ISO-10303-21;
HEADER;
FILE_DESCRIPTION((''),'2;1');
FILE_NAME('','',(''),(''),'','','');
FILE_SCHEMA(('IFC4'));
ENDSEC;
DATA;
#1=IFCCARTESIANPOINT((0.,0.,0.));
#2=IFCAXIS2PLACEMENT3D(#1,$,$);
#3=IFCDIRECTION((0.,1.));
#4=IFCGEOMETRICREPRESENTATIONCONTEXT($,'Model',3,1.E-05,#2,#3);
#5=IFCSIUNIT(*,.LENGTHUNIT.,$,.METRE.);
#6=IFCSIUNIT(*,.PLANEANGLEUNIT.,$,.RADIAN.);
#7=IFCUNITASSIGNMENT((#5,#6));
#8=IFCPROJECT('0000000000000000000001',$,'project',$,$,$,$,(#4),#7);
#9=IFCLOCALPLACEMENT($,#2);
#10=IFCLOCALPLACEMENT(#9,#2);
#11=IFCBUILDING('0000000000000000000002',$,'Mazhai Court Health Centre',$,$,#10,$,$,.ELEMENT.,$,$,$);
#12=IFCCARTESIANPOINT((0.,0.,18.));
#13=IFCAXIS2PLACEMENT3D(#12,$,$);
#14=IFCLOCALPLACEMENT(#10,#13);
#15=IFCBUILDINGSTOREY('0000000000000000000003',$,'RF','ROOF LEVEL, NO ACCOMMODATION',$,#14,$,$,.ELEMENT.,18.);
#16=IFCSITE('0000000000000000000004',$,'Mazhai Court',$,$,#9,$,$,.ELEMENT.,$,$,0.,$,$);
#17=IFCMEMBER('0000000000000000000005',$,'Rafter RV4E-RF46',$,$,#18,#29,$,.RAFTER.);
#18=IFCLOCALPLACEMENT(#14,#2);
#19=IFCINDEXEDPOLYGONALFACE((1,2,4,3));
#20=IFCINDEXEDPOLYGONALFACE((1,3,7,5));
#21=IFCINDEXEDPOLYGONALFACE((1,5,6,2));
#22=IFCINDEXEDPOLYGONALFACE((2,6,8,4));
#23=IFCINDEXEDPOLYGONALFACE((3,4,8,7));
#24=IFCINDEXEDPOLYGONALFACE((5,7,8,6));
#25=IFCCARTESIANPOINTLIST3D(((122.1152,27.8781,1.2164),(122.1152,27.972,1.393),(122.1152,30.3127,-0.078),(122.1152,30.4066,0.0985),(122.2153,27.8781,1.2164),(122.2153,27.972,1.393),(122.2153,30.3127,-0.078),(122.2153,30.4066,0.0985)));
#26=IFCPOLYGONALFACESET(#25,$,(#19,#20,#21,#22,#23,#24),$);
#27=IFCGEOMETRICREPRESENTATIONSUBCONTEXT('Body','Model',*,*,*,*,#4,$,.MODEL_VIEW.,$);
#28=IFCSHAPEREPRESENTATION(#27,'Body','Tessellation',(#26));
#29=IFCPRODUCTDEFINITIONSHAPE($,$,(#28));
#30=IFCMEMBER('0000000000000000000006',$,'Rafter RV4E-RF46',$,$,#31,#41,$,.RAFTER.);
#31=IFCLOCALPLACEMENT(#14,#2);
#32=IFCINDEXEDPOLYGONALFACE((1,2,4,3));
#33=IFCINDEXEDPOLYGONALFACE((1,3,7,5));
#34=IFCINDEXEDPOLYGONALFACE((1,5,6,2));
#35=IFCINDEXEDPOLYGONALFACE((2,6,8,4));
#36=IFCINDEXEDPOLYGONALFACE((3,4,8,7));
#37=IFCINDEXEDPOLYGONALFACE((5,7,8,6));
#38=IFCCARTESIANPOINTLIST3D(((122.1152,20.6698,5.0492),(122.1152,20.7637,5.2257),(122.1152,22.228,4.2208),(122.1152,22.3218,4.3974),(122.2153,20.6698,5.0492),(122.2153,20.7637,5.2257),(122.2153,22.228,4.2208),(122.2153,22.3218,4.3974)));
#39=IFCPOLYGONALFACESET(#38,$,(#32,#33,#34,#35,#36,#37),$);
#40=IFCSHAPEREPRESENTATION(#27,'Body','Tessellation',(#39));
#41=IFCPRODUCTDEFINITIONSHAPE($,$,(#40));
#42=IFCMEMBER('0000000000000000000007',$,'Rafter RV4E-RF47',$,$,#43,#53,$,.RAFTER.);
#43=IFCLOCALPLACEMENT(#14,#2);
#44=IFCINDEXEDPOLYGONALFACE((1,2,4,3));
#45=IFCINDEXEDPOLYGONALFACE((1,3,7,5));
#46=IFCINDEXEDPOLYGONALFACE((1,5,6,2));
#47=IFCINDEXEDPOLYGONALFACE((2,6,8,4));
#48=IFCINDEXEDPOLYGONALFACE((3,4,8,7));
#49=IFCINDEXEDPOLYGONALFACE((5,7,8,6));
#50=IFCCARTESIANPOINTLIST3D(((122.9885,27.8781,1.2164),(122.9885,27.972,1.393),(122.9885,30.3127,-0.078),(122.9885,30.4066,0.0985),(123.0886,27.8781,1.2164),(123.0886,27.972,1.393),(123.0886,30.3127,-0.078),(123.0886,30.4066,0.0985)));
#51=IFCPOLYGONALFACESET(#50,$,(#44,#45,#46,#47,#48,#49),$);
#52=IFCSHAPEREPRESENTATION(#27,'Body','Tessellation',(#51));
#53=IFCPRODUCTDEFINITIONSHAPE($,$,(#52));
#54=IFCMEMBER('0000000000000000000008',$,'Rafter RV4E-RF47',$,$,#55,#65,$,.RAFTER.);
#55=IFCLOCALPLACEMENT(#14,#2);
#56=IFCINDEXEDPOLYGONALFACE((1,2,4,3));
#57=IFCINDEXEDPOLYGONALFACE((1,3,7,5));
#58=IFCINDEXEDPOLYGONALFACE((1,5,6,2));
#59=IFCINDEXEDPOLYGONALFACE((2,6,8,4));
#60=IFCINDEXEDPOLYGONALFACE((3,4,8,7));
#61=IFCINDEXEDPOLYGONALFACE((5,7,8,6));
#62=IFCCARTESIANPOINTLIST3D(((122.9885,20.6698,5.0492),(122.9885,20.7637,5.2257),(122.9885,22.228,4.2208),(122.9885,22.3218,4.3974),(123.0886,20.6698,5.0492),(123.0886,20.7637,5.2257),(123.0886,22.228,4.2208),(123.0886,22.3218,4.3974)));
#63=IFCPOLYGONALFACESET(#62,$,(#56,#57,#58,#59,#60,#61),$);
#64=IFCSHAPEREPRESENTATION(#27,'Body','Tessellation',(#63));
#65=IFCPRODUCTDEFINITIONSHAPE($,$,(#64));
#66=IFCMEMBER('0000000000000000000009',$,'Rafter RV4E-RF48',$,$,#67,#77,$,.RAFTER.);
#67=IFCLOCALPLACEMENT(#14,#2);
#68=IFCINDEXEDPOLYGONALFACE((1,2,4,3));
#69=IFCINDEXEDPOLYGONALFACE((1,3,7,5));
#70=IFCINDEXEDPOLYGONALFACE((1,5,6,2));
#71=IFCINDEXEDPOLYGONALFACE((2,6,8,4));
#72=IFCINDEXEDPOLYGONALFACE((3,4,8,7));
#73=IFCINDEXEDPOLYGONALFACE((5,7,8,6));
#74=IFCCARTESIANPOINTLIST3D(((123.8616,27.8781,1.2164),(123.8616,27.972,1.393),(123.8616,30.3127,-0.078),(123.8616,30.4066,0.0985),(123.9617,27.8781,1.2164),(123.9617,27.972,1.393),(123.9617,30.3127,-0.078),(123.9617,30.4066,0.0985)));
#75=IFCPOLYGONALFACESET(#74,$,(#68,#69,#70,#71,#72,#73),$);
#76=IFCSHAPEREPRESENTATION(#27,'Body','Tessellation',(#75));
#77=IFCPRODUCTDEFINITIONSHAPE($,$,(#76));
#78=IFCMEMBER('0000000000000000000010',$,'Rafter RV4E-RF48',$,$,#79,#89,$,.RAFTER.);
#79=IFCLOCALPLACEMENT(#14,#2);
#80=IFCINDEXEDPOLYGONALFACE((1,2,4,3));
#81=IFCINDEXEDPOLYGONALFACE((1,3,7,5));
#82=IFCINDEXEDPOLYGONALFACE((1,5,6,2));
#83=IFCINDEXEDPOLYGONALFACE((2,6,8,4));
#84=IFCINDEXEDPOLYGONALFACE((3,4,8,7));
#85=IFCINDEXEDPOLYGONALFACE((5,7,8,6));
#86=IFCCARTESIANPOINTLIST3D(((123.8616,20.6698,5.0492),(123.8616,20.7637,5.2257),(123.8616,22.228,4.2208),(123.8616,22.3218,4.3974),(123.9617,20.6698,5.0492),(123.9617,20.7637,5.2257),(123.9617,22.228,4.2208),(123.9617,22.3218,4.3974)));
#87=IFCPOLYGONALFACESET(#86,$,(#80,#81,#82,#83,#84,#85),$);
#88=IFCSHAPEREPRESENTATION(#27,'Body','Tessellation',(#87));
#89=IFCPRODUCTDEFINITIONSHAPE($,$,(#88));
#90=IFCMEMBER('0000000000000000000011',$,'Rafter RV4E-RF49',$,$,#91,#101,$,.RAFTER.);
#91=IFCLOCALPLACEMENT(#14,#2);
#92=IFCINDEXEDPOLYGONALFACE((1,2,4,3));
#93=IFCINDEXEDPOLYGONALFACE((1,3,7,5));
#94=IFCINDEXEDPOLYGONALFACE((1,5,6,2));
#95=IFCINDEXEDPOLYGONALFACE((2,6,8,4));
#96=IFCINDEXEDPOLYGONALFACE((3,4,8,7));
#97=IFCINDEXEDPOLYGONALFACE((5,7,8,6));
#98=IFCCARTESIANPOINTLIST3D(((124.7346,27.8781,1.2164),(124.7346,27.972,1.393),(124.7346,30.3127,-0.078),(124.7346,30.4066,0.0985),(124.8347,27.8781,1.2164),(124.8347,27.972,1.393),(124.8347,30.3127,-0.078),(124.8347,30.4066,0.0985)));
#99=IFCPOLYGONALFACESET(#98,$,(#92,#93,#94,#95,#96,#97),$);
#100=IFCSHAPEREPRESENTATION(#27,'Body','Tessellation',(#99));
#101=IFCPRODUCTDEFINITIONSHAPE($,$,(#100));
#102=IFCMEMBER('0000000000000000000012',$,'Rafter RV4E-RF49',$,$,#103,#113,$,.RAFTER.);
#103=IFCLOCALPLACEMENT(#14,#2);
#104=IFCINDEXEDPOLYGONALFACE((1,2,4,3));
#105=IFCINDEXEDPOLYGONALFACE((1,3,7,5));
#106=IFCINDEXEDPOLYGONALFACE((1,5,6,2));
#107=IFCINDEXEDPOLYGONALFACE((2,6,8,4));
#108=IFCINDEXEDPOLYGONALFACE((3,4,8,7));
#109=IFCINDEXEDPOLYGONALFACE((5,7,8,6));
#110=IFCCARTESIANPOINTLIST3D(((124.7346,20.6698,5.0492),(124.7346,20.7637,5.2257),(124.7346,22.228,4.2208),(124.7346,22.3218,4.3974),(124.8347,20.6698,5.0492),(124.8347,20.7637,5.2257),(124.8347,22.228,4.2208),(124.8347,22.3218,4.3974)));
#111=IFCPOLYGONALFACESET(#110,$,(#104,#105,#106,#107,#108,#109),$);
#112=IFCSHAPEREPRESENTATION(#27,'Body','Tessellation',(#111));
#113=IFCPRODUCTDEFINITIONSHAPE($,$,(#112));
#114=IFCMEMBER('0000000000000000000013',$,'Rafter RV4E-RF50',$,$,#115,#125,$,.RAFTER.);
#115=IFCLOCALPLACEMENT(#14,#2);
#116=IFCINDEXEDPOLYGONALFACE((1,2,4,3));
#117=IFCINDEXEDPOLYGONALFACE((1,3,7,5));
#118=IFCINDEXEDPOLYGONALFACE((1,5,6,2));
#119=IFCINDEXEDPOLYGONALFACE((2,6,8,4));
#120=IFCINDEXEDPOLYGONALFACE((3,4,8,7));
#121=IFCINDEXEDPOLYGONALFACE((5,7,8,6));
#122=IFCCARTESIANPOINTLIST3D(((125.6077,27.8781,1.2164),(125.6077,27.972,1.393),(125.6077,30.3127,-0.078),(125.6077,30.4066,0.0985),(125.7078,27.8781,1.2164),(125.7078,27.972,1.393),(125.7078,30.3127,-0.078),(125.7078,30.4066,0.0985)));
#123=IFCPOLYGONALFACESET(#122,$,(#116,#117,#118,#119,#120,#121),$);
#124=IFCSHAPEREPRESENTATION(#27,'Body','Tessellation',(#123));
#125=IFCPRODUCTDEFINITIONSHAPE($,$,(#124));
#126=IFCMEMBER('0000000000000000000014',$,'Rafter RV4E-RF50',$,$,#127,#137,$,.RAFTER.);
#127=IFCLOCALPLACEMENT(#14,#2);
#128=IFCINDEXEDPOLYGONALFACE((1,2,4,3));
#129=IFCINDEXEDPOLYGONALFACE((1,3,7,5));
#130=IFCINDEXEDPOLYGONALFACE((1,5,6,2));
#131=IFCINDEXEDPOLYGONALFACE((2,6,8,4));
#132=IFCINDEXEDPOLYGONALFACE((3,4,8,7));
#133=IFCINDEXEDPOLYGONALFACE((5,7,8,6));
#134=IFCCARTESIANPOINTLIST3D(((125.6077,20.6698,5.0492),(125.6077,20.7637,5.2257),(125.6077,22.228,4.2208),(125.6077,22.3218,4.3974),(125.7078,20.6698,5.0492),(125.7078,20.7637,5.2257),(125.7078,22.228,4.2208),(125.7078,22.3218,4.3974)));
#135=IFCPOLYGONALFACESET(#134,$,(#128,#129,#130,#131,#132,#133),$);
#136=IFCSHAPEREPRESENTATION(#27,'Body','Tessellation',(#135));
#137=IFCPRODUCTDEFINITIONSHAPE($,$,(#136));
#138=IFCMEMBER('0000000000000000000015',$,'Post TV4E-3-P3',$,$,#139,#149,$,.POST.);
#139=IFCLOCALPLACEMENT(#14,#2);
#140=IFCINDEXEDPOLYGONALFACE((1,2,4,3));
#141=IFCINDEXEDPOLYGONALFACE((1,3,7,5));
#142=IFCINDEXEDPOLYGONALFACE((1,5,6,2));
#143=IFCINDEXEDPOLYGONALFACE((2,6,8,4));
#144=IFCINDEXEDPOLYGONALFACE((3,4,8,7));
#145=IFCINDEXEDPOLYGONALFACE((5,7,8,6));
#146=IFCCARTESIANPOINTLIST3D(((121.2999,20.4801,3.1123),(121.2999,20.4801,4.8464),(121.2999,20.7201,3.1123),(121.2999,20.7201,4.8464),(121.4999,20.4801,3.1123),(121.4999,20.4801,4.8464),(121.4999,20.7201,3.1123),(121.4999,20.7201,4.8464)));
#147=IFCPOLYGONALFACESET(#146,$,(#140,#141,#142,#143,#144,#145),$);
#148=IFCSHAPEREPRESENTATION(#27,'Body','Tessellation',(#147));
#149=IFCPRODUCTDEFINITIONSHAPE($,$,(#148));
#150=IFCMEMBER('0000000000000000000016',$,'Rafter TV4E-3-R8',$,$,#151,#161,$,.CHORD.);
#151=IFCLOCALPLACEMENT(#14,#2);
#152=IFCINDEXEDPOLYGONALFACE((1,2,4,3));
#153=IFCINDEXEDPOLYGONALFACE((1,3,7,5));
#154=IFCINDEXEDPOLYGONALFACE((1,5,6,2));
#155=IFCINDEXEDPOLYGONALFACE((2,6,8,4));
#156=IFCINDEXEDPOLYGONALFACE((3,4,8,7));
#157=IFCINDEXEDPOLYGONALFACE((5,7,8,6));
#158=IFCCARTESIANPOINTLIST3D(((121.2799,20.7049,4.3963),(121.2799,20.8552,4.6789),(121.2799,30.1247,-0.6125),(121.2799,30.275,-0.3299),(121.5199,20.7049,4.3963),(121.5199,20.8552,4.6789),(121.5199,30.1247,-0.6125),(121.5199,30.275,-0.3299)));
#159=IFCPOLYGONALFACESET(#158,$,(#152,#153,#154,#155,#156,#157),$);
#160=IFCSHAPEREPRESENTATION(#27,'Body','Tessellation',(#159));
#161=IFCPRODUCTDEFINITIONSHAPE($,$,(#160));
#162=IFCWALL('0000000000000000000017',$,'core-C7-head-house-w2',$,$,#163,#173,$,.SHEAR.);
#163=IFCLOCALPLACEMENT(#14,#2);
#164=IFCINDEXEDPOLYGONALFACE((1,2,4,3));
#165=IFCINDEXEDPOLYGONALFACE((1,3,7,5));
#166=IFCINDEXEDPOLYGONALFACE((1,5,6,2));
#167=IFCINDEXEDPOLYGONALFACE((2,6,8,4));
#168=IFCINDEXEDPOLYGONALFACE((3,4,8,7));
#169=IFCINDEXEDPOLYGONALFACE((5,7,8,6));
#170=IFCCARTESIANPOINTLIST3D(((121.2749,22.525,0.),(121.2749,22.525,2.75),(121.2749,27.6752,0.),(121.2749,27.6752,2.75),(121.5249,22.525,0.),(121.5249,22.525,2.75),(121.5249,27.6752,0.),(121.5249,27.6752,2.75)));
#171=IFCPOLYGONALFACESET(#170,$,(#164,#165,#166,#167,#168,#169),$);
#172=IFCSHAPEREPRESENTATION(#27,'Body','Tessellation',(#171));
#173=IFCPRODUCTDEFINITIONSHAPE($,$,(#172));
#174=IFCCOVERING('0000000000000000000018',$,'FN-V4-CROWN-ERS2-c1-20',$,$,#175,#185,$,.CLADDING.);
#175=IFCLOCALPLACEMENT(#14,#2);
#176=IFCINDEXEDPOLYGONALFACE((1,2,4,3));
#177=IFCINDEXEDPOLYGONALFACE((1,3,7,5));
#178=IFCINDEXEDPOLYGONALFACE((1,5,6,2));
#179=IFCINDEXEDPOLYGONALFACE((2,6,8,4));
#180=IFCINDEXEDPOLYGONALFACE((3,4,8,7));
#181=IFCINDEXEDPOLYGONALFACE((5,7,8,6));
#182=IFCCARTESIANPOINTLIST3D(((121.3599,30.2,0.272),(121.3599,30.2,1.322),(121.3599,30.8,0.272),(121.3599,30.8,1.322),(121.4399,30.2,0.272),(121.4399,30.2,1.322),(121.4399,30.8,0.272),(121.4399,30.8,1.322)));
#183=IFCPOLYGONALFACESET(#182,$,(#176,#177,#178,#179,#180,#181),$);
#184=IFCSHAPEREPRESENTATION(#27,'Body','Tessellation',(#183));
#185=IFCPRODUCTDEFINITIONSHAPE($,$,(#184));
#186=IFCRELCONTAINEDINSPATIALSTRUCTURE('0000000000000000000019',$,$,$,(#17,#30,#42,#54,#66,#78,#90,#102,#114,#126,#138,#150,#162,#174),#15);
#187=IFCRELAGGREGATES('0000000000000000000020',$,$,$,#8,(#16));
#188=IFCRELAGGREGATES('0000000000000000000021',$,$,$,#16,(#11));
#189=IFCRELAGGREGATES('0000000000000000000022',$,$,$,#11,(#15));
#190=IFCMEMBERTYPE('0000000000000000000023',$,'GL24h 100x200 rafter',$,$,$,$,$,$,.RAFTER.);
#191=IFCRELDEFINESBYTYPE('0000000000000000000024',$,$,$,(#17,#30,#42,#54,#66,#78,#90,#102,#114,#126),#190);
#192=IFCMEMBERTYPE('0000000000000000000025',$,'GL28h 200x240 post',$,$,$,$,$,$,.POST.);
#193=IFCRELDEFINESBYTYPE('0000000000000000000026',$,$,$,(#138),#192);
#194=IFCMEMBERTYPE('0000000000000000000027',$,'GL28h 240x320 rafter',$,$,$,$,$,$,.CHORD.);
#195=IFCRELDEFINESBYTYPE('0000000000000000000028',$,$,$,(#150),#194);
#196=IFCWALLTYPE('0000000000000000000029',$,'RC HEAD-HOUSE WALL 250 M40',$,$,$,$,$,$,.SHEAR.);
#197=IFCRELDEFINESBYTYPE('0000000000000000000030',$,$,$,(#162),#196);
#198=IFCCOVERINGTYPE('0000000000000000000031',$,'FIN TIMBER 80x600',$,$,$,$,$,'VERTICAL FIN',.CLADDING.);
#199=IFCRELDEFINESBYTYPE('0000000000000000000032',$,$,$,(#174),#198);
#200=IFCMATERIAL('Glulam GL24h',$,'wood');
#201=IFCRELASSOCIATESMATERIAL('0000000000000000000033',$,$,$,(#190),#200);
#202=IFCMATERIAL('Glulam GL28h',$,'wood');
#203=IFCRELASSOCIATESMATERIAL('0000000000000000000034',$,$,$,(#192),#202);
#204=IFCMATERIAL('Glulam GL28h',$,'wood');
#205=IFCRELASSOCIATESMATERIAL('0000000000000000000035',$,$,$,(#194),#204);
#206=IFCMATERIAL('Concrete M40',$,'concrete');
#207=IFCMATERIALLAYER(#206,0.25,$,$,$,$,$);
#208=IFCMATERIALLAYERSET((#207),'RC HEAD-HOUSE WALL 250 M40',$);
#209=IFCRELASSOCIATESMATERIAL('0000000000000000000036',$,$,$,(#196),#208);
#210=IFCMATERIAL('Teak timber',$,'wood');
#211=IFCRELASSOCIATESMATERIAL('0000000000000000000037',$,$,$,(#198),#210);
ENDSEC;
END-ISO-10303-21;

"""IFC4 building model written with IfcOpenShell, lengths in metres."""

from ifc_helpers import new_model, si_unit, direction, frame, frame_2d, origin, origin_2d, place, context, subcontext, project, spatial, rectangle, extrude, material, layer, layer_set, material_profile, profile_set, type_object, element, save


model = new_model("IFC4")

# Units and contexts
model_context = context("Model", 3, precision=1e-05, world=origin(), true_north=direction((0.0, 1.0)))
body_context = subcontext(model_context, "Body", "Model", "MODEL_VIEW")
ifc_project = project(units=[si_unit("LENGTHUNIT", "METRE"), si_unit("PLANEANGLEUNIT", "RADIAN")], contexts=[model_context])

# Site, building, storey
site_placement = place(None, origin())
site = spatial("IfcSite", under=ifc_project, at=site_placement, Name="Mazhai Court", CompositionType="ELEMENT", RefElevation=0.0)
building_placement = place(site_placement, origin())
building = spatial("IfcBuilding", under=site, at=building_placement, Name="Mazhai Court Health Centre", CompositionType="ELEMENT")
storey_placement = place(building_placement, frame((0.0, 0.0, 18.0)))
storey = spatial("IfcBuildingStorey", under=building, at=storey_placement, Name="RF", Description="ROOF LEVEL, NO ACCOMMODATION", CompositionType="ELEMENT", Elevation=18.0)

# Members
ifc_material_1 = material(Name="Glulam GL24h", Category="wood")
ifc_material_profile_1 = material_profile(ifc_material_1, rectangle(XDim=0.1001, YDim=0.2, at=origin_2d()), Name="GL24h 100x200")
ifc_profile_set_1 = profile_set([ifc_material_profile_1], Name="Glulam GL24h")
member_type_1 = type_object("IfcMemberType", Name="GL24h 100x200 rafter", PredefinedType="RAFTER", material=ifc_profile_set_1)
member_1_placement = place(storey_placement, frame((122.1653, 30.3596, 0.0103), z_axis=(0.0, -0.882955, 0.469457), x_axis=(1.0, 0.0, 0.0)))
element("IfcMember", 1, at=member_1_placement, inside=storey, type_object=member_type_1, Name="Rafter RV4E-RF46", PredefinedType="RAFTER", context=body_context, shape_type="SweptSolid", body=[
    extrude(rectangle(XDim=0.1001, YDim=0.2, at=origin_2d()), origin(), (0.0, 0.0, 1.0), 2.7573),
])
member_2_placement = place(storey_placement, frame((122.1653, 22.2749, 4.3091), z_axis=(0.0, -0.882969, 0.469432), x_axis=(1.0, 0.0, 0.0)))
element("IfcMember", 2, at=member_2_placement, inside=storey, type_object=member_type_1, Name="Rafter RV4E-RF46", PredefinedType="RAFTER", context=body_context, shape_type="SweptSolid", body=[
    extrude(rectangle(XDim=0.1001, YDim=0.2, at=origin_2d()), origin(), (0.0, 0.0, 1.0), 1.7646),
])
member_3_placement = place(storey_placement, frame((123.0386, 30.3596, 0.0103), z_axis=(0.0, -0.882955, 0.469457), x_axis=(1.0, 0.0, 0.0)))
element("IfcMember", 3, at=member_3_placement, inside=storey, type_object=member_type_1, Name="Rafter RV4E-RF47", PredefinedType="RAFTER", context=body_context, shape_type="SweptSolid", body=[
    extrude(rectangle(XDim=0.1001, YDim=0.2, at=origin_2d()), origin(), (0.0, 0.0, 1.0), 2.7573),
])
member_4_placement = place(storey_placement, frame((123.0386, 22.2749, 4.3091), z_axis=(0.0, -0.882969, 0.469432), x_axis=(1.0, 0.0, 0.0)))
element("IfcMember", 4, at=member_4_placement, inside=storey, type_object=member_type_1, Name="Rafter RV4E-RF47", PredefinedType="RAFTER", context=body_context, shape_type="SweptSolid", body=[
    extrude(rectangle(XDim=0.1001, YDim=0.2, at=origin_2d()), origin(), (0.0, 0.0, 1.0), 1.7646),
])
member_5_placement = place(storey_placement, frame((123.9116, 30.3596, 0.0103), z_axis=(0.0, -0.882955, 0.469457), x_axis=(1.0, 0.0, 0.0)))
element("IfcMember", 5, at=member_5_placement, inside=storey, type_object=member_type_1, Name="Rafter RV4E-RF48", PredefinedType="RAFTER", context=body_context, shape_type="SweptSolid", body=[
    extrude(rectangle(XDim=0.1001, YDim=0.2, at=origin_2d()), origin(), (0.0, 0.0, 1.0), 2.7573),
])
member_6_placement = place(storey_placement, frame((123.9116, 22.2749, 4.3091), z_axis=(0.0, -0.882969, 0.469432), x_axis=(1.0, 0.0, 0.0)))
element("IfcMember", 6, at=member_6_placement, inside=storey, type_object=member_type_1, Name="Rafter RV4E-RF48", PredefinedType="RAFTER", context=body_context, shape_type="SweptSolid", body=[
    extrude(rectangle(XDim=0.1001, YDim=0.2, at=origin_2d()), origin(), (0.0, 0.0, 1.0), 1.7646),
])
member_7_placement = place(storey_placement, frame((124.7847, 30.3596, 0.0103), z_axis=(0.0, -0.882955, 0.469457), x_axis=(1.0, 0.0, 0.0)))
element("IfcMember", 7, at=member_7_placement, inside=storey, type_object=member_type_1, Name="Rafter RV4E-RF49", PredefinedType="RAFTER", context=body_context, shape_type="SweptSolid", body=[
    extrude(rectangle(XDim=0.1001, YDim=0.2, at=origin_2d()), origin(), (0.0, 0.0, 1.0), 2.7573),
])
member_8_placement = place(storey_placement, frame((124.7847, 22.2749, 4.3091), z_axis=(0.0, -0.882969, 0.469432), x_axis=(1.0, 0.0, 0.0)))
element("IfcMember", 8, at=member_8_placement, inside=storey, type_object=member_type_1, Name="Rafter RV4E-RF49", PredefinedType="RAFTER", context=body_context, shape_type="SweptSolid", body=[
    extrude(rectangle(XDim=0.1001, YDim=0.2, at=origin_2d()), origin(), (0.0, 0.0, 1.0), 1.7646),
])
member_9_placement = place(storey_placement, frame((125.6577, 30.3596, 0.0103), z_axis=(0.0, -0.882955, 0.469457), x_axis=(1.0, 0.0, 0.0)))
element("IfcMember", 9, at=member_9_placement, inside=storey, type_object=member_type_1, Name="Rafter RV4E-RF50", PredefinedType="RAFTER", context=body_context, shape_type="SweptSolid", body=[
    extrude(rectangle(XDim=0.1001, YDim=0.2, at=origin_2d()), origin(), (0.0, 0.0, 1.0), 2.7573),
])
member_10_placement = place(storey_placement, frame((125.6577, 22.2749, 4.3091), z_axis=(0.0, -0.882969, 0.469432), x_axis=(1.0, 0.0, 0.0)))
element("IfcMember", 10, at=member_10_placement, inside=storey, type_object=member_type_1, Name="Rafter RV4E-RF50", PredefinedType="RAFTER", context=body_context, shape_type="SweptSolid", body=[
    extrude(rectangle(XDim=0.1001, YDim=0.2, at=origin_2d()), origin(), (0.0, 0.0, 1.0), 1.7646),
])
ifc_material_2 = material(Name="Glulam GL28h", Category="wood")
ifc_material_profile_2 = material_profile(ifc_material_2, rectangle(XDim=0.2, YDim=0.24, at=origin_2d()), Name="GL28h 200x240")
ifc_profile_set_2 = profile_set([ifc_material_profile_2], Name="Glulam GL28h")
member_type_2 = type_object("IfcMemberType", Name="GL28h 200x240 post", PredefinedType="POST", material=ifc_profile_set_2)
member_11_placement = place(storey_placement, frame((121.3999, 20.6001, 3.1123), z_axis=(0.0, 0.0, 1.0), x_axis=(1.0, 0.0, 0.0)))
element("IfcMember", 11, at=member_11_placement, inside=storey, type_object=member_type_2, Name="Post TV4E-3-P3", PredefinedType="POST", context=body_context, shape_type="SweptSolid", body=[
    extrude(rectangle(XDim=0.2, YDim=0.24, at=origin_2d()), origin(), (0.0, 0.0, 1.0), 1.7341),
])
ifc_material_3 = material(Name="Glulam GL28h", Category="wood")
ifc_material_profile_3 = material_profile(ifc_material_3, rectangle(XDim=0.24, YDim=0.3201, at=origin_2d()), Name="GL28h 240x320")
ifc_profile_set_3 = profile_set([ifc_material_profile_3], Name="Glulam GL28h")
member_type_3 = type_object("IfcMemberType", Name="GL28h 240x320 rafter", PredefinedType="CHORD", material=ifc_profile_set_3)
member_12_placement = place(storey_placement, frame((121.3999, 20.78, 4.5376), z_axis=(0.0, 0.882943, -0.469481), x_axis=(-1.0, 0.0, 0.0)))
element("IfcMember", 12, at=member_12_placement, inside=storey, type_object=member_type_3, Name="Rafter TV4E-3-R8", PredefinedType="CHORD", context=body_context, shape_type="SweptSolid", body=[
    extrude(rectangle(XDim=0.24, YDim=0.3201, at=origin_2d()), origin(), (0.0, 0.0, 1.0), 10.6687),
])

# Wall
ifc_material_4 = material(Name="Concrete M40", Category="concrete")
ifc_layer = layer(ifc_material_4, 0.25)
ifc_layer_set = layer_set([ifc_layer], Name="RC HEAD-HOUSE WALL 250 M40")
wall_type = type_object("IfcWallType", Name="RC HEAD-HOUSE WALL 250 M40", PredefinedType="SHEAR", material=ifc_layer_set)
wall_placement = place(storey_placement, frame((121.3999, 22.5249, 0.0), z_axis=(0.0, 0.0, 1.0), x_axis=(0.0, 1.0, 0.0)))
element("IfcWall", 13, at=wall_placement, inside=storey, type_object=wall_type, Name="core-C7-head-house-w2", PredefinedType="SHEAR", context=body_context, shape_type="SweptSolid", body=[
    extrude(rectangle(XDim=5.1501, YDim=0.25, at=frame_2d((2.5752, 0.0))), origin(), (0.0, 0.0, 1.0), 2.75),
])

# Covering
ifc_material_5 = material(Name="Teak timber", Category="wood")
covering_type = type_object("IfcCoveringType", Name="FIN TIMBER 80x600", ElementType="VERTICAL FIN", PredefinedType="CLADDING", material=ifc_material_5)
for number, where, z_axis, x_axis, name in (
    (14, (121.3999, 30.5, 0.272), (0.0, 0.0, 1.0), (1.0, 0.0, 0.0), "FN-V4-CROWN-ERS2-c1-20"),
):
    element("IfcCovering", number, at=place(storey_placement, frame(where, z_axis=z_axis, x_axis=x_axis)), inside=storey, type_object=covering_type, Name=name, PredefinedType="CLADDING", context=body_context, shape_type="SweptSolid", body=[
        extrude(rectangle(XDim=0.0801, YDim=0.6001, at=origin_2d()), origin(), (0.0, 0.0, 1.0), 1.05),
    ])

save(model, "model.ifc")
